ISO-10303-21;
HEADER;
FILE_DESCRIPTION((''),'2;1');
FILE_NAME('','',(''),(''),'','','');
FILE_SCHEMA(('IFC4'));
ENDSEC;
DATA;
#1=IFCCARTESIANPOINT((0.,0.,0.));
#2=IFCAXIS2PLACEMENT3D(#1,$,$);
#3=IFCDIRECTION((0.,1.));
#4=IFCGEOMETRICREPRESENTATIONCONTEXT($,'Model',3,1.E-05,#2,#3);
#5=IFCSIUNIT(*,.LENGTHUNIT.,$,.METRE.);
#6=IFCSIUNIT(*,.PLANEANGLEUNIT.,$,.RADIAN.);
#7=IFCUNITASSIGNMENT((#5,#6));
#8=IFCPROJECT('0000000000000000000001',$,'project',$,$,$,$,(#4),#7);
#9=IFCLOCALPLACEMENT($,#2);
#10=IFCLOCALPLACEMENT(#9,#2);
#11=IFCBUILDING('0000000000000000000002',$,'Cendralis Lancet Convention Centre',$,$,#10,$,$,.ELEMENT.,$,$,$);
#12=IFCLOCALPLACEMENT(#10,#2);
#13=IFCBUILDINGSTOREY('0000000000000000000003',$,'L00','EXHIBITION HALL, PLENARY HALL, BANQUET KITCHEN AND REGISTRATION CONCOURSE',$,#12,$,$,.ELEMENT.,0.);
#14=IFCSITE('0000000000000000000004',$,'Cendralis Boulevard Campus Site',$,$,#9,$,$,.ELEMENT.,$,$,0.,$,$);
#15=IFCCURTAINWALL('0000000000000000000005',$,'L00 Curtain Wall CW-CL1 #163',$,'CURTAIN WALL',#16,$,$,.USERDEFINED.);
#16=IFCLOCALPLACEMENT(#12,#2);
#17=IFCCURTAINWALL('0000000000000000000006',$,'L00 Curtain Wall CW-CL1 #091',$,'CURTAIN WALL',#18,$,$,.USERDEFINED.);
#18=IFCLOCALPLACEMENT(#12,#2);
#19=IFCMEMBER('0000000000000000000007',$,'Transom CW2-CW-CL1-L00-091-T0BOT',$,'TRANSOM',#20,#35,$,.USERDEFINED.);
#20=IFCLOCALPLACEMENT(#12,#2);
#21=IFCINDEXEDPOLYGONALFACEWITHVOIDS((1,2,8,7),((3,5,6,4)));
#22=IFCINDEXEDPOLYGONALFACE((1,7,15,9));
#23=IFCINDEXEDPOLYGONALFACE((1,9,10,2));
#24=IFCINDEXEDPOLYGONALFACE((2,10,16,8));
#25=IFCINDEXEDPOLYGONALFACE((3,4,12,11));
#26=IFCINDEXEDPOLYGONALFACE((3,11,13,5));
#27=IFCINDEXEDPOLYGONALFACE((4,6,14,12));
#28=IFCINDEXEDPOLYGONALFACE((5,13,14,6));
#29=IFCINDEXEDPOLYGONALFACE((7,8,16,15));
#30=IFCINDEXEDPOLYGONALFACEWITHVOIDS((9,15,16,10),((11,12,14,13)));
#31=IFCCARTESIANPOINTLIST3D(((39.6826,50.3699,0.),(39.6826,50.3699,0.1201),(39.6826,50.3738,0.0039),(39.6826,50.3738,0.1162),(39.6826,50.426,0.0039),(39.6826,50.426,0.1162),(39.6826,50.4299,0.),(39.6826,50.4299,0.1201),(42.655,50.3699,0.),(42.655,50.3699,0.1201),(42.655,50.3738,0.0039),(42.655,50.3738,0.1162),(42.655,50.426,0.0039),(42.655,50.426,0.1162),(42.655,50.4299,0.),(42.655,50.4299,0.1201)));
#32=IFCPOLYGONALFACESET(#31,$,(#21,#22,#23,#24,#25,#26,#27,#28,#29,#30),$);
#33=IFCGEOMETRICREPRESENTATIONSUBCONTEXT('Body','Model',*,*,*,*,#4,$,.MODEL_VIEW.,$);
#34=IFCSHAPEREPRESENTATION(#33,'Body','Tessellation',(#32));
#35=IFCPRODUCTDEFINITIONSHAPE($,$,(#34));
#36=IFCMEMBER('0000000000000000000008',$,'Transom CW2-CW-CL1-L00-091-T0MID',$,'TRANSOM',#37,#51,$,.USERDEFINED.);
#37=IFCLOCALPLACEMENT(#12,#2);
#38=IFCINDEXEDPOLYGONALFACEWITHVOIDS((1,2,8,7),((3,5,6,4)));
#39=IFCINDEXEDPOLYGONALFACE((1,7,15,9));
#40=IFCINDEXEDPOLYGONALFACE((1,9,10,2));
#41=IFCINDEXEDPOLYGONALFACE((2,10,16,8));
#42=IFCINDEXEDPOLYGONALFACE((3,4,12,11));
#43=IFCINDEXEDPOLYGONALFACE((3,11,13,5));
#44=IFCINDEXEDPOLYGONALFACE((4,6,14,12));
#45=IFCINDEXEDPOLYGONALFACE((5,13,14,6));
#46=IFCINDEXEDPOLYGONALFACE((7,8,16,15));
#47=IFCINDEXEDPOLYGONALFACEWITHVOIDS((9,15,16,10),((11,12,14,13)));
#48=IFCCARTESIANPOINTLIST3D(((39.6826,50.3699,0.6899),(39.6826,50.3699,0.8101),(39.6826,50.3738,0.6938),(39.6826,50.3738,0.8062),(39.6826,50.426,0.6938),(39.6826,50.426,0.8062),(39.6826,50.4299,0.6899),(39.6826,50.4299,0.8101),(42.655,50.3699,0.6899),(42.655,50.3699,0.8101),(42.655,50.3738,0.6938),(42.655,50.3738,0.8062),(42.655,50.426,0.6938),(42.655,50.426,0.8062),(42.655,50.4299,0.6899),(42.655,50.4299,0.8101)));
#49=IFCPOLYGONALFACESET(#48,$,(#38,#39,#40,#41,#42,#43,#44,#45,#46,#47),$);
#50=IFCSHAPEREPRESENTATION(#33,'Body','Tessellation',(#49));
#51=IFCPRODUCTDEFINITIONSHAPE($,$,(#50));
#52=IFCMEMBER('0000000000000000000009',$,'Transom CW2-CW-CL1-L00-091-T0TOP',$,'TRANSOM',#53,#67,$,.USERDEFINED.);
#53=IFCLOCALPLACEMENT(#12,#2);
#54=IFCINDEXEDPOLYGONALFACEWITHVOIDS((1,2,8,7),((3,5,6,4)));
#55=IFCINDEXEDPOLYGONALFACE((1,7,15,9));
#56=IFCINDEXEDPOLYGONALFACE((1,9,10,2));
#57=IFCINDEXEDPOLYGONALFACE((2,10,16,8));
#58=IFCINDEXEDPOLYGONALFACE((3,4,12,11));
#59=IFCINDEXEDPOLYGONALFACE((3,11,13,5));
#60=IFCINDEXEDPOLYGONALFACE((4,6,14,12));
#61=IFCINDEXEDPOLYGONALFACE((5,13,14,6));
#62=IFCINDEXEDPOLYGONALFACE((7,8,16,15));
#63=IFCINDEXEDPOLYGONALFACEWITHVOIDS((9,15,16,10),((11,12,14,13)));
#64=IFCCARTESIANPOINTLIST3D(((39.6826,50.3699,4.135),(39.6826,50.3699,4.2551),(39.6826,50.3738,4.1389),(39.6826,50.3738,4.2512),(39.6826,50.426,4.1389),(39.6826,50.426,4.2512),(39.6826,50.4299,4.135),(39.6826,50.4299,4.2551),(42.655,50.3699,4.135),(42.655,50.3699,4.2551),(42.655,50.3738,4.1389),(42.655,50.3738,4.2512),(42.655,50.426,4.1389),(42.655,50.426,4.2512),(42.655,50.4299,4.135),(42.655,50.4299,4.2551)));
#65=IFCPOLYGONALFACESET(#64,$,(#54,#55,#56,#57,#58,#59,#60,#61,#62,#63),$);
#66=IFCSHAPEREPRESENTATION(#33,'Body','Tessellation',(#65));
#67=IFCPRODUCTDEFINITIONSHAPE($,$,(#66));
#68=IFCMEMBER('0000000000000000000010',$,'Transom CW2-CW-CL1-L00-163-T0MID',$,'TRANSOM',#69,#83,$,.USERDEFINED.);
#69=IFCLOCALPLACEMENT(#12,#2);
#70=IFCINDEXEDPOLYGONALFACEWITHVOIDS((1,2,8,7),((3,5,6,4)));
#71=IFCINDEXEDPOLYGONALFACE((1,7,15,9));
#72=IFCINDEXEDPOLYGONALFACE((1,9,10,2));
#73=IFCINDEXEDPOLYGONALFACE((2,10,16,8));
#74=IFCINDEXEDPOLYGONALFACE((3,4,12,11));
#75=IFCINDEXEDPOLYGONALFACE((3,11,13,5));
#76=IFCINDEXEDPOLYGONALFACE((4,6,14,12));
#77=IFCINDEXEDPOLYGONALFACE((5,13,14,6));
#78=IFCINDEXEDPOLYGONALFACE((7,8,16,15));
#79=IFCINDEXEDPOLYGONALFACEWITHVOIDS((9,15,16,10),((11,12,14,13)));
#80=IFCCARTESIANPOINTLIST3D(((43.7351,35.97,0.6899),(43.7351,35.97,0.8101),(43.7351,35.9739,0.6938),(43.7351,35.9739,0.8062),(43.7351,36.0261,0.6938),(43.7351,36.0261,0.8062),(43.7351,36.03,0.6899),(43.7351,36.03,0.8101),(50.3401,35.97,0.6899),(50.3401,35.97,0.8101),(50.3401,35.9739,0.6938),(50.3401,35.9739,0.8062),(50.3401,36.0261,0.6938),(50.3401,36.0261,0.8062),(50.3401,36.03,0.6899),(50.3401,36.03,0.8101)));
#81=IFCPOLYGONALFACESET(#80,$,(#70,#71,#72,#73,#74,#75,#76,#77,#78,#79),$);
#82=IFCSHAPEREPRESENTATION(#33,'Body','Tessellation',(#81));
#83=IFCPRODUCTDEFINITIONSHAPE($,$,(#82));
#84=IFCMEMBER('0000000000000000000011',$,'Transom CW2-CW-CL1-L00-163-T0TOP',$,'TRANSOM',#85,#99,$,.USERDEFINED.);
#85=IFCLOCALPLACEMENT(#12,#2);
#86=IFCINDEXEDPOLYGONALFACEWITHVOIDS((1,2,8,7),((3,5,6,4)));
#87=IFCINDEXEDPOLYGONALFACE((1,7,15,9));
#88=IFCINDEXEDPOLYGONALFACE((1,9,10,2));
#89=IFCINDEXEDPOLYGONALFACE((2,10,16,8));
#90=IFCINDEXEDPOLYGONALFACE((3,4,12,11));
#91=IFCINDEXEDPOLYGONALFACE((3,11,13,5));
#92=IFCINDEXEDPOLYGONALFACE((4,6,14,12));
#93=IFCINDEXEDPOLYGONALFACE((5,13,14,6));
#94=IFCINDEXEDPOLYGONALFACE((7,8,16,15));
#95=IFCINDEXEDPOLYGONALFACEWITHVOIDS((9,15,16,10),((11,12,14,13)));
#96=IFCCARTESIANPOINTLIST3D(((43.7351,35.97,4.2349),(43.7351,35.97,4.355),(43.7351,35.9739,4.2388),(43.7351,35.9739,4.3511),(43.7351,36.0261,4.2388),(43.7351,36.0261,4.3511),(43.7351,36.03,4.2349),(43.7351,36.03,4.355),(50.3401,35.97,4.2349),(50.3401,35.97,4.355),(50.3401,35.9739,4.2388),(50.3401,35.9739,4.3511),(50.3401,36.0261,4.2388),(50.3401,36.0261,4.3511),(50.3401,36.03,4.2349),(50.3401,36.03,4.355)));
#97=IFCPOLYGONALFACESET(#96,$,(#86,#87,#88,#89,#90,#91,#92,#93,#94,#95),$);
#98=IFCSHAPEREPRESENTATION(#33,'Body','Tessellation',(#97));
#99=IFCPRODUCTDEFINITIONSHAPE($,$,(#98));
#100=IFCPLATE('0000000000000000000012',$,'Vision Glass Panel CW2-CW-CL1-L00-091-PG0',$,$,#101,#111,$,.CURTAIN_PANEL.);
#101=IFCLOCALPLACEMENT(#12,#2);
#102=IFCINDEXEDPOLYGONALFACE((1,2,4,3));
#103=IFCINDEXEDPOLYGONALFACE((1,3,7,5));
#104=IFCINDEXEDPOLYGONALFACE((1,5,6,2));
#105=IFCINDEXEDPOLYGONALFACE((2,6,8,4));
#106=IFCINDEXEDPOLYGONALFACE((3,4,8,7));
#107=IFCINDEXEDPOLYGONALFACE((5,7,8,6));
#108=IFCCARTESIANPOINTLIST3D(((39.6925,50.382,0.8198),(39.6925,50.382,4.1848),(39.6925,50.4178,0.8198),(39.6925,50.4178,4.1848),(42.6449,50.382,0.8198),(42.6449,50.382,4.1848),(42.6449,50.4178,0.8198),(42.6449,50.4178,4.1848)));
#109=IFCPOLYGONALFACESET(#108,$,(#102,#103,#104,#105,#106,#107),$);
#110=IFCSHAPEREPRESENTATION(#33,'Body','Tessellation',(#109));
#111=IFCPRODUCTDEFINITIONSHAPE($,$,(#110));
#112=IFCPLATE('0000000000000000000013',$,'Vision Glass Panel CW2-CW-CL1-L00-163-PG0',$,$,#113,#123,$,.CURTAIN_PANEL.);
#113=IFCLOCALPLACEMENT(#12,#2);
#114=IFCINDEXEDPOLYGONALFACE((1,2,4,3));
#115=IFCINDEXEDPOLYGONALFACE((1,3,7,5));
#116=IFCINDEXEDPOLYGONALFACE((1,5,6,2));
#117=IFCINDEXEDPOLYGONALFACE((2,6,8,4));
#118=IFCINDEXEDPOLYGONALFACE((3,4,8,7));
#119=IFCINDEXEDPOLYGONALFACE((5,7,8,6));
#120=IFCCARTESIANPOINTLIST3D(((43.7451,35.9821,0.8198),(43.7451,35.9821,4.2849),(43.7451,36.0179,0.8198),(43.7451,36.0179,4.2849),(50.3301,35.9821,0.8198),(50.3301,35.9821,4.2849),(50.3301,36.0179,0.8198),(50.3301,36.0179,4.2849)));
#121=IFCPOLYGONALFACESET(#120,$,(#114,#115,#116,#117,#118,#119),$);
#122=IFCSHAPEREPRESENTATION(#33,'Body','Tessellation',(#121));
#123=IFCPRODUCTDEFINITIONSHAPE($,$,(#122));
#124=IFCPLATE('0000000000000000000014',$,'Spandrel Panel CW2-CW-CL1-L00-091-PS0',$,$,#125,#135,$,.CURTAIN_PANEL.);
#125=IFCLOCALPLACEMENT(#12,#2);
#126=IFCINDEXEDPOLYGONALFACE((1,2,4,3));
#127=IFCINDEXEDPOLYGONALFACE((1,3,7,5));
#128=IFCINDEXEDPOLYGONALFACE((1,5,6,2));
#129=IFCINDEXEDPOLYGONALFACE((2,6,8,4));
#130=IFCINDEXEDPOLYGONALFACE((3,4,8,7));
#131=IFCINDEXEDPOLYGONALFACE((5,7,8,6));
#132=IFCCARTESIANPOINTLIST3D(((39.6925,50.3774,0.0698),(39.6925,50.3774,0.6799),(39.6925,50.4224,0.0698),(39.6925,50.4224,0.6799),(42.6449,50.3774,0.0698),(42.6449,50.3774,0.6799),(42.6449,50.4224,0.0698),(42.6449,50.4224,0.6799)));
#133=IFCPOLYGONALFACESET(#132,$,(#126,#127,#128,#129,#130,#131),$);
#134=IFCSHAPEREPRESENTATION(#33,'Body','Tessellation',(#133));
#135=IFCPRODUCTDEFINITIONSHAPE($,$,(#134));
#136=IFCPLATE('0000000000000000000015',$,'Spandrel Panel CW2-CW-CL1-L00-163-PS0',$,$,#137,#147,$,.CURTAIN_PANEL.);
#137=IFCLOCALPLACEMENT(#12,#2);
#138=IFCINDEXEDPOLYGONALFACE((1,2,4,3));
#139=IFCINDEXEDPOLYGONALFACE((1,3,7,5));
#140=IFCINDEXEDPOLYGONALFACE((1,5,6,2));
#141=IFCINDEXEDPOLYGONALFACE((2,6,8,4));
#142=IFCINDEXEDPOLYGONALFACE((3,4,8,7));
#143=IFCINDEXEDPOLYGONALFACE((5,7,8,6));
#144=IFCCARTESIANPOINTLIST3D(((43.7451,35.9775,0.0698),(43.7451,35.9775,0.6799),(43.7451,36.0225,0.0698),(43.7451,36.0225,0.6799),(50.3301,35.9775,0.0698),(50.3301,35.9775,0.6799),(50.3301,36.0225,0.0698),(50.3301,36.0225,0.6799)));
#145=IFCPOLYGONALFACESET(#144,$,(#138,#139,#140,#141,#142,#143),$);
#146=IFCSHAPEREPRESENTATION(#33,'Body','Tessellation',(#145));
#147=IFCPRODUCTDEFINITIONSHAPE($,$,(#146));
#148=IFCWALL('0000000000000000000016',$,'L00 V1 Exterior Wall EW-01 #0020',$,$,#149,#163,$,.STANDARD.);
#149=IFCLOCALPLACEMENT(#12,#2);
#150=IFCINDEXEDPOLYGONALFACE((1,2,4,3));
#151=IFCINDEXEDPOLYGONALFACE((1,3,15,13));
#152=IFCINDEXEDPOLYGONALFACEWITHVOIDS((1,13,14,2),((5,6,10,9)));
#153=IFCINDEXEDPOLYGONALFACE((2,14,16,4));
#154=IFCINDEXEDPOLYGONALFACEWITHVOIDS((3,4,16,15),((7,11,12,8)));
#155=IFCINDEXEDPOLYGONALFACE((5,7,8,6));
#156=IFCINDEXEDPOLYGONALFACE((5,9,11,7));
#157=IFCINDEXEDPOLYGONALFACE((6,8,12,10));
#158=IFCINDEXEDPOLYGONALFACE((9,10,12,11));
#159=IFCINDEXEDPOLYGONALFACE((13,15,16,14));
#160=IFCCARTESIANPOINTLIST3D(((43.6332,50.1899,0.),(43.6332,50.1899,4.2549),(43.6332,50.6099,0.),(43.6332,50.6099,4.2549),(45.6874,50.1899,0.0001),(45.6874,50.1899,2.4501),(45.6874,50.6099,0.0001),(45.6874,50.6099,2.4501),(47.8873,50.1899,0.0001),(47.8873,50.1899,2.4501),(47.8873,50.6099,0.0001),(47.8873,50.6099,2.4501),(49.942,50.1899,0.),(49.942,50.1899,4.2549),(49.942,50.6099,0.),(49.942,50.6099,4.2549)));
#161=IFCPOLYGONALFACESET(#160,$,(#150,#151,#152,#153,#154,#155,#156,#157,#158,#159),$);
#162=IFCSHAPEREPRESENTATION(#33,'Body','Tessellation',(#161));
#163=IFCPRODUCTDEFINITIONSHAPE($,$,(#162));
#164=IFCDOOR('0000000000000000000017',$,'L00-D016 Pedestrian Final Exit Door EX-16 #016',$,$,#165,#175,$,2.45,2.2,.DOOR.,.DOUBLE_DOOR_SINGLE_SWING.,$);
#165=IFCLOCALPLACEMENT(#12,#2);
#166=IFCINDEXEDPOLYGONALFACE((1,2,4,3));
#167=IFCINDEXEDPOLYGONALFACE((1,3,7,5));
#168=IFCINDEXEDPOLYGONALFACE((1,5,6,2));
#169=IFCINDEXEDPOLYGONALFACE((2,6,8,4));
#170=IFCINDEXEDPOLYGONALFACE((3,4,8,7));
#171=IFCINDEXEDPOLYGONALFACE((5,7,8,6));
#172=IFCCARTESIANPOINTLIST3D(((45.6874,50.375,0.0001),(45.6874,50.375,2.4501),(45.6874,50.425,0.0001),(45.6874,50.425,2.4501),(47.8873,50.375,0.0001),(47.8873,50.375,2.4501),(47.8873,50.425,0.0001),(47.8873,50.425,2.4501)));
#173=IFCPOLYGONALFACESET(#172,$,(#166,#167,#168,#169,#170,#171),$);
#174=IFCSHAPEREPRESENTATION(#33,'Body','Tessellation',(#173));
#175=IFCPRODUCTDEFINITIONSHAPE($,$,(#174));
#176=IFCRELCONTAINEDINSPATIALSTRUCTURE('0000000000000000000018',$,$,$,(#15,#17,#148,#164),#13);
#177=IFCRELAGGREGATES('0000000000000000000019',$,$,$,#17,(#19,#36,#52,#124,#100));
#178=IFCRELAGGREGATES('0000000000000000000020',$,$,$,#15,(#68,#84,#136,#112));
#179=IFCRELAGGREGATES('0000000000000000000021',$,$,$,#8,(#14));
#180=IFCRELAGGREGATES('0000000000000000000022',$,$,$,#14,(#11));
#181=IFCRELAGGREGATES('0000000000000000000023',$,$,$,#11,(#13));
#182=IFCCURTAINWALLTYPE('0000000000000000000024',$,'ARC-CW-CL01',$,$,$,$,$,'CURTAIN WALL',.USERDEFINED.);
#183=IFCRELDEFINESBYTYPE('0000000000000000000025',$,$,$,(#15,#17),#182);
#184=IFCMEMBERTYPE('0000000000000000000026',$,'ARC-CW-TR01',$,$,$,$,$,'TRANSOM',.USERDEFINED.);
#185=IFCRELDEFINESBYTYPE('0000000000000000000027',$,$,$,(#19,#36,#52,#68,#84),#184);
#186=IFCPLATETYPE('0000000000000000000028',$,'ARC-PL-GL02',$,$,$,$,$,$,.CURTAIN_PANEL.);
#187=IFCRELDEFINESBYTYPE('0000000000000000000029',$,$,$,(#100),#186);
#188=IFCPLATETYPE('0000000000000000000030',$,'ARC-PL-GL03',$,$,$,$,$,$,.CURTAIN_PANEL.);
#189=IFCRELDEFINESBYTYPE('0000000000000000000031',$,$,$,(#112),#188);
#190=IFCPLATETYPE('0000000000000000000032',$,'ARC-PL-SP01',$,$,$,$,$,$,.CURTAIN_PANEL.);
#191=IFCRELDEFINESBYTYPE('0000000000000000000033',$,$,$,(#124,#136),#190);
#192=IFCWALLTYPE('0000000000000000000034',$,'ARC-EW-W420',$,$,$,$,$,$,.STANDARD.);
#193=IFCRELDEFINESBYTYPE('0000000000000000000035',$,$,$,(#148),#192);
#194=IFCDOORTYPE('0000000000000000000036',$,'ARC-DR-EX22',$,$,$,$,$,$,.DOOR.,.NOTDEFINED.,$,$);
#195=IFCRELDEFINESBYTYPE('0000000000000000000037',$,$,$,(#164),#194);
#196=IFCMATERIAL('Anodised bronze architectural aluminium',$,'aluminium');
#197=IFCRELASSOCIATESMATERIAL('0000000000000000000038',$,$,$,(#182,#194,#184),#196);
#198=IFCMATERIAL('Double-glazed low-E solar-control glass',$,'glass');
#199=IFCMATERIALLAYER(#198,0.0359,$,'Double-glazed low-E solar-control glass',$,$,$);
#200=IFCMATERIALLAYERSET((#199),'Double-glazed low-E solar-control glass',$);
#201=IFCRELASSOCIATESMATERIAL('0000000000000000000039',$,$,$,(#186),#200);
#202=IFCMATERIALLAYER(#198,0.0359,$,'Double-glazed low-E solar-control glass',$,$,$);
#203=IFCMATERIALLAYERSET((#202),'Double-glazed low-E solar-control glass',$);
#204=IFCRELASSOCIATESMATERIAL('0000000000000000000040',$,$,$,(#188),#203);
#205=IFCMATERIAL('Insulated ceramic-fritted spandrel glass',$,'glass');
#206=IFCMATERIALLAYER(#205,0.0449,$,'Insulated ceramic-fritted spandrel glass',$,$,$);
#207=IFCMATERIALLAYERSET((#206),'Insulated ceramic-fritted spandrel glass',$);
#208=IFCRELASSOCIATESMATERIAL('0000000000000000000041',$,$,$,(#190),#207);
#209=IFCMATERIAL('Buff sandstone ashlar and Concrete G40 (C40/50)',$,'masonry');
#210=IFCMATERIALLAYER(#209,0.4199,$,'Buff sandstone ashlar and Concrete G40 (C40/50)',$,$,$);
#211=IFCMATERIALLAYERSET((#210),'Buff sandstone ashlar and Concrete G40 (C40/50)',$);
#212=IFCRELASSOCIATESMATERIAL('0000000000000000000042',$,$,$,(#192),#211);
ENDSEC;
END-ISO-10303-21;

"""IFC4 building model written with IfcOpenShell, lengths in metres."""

from ifc_helpers import new_model, si_unit, direction, frame, frame_2d, origin, origin_2d, place, context, subcontext, project, spatial, rectangle, hollow_rectangle, extrude, material, layer, layer_set, material_profile, profile_set, type_object, element, fill, aggregate, save


model = new_model("IFC4")

# Units and contexts
model_context = context("Model", 3, precision=1e-05, world=origin(), true_north=direction((0.0, 1.0)))
body_context = subcontext(model_context, "Body", "Model", "MODEL_VIEW")
ifc_project = project(units=[si_unit("LENGTHUNIT", "METRE"), si_unit("PLANEANGLEUNIT", "RADIAN")], contexts=[model_context])

# Site, building, storey
site_placement = place(None, origin())
site = spatial("IfcSite", under=ifc_project, at=site_placement, Name="Cendralis Boulevard Campus Site", CompositionType="ELEMENT", RefElevation=0.0)
building_placement = place(site_placement, origin())
building = spatial("IfcBuilding", under=site, at=building_placement, Name="Cendralis Lancet Convention Centre", CompositionType="ELEMENT")
storey_placement = place(building_placement, origin())
storey = spatial("IfcBuildingStorey", under=building, at=storey_placement, Name="L00", Description="EXHIBITION HALL, PLENARY HALL, BANQUET KITCHEN AND REGISTRATION CONCOURSE", CompositionType="ELEMENT", Elevation=0.0)

# Curtain wall
ifc_material_1 = material(Name="Anodised bronze architectural aluminium", Category="aluminium")
curtain_wall_type = type_object("IfcCurtainWallType", Name="ARC-CW-CL01", ElementType="CURTAIN WALL", PredefinedType="USERDEFINED", material=ifc_material_1)
curtain_wall_1_placement = place(storey_placement, origin())
curtain_wall_1 = element("IfcCurtainWall", 1, at=curtain_wall_1_placement, inside=storey, type_object=curtain_wall_type, Name="L00 Curtain Wall CW-CL1 #163", ObjectType="CURTAIN WALL", PredefinedType="USERDEFINED")

# Curtain wall, members
curtain_wall_2_placement = place(storey_placement, origin())
curtain_wall_2 = element("IfcCurtainWall", 2, at=curtain_wall_2_placement, inside=storey, type_object=curtain_wall_type, Name="L00 Curtain Wall CW-CL1 #091", ObjectType="CURTAIN WALL", PredefinedType="USERDEFINED")
ifc_material_profile_1 = material_profile(ifc_material_1, hollow_rectangle(XDim=0.0601, YDim=0.1201, WallThickness=0.0039, at=origin_2d()), Name="AL-TRAN 60x120x4.0")
ifc_profile_set_1 = profile_set([ifc_material_profile_1], Name="Anodised bronze architectural aluminium")
member_type_1 = type_object("IfcMemberType", Name="ARC-CW-TR01", ElementType="TRANSOM", PredefinedType="USERDEFINED", material=ifc_profile_set_1)
member_1_placement = place(storey_placement, frame((42.655, 50.3999, 0.0601), z_axis=(-1.0, 0.0, 0.0), x_axis=(0.0, -1.0, 0.0)))
member_1 = element("IfcMember", 3, at=member_1_placement, type_object=member_type_1, Name="Transom CW2-CW-CL1-L00-091-T0BOT", ObjectType="TRANSOM", PredefinedType="USERDEFINED", context=body_context, shape_type="SweptSolid", body=[
    extrude(hollow_rectangle(XDim=0.0601, YDim=0.1201, WallThickness=0.0039, at=origin_2d()), origin(), (0.0, 0.0, 1.0), 2.9724),
])
member_2_placement = place(storey_placement, frame((42.655, 50.3999, 0.75), z_axis=(-1.0, 0.0, 0.0), x_axis=(0.0, -1.0, 0.0)))
member_2 = element("IfcMember", 4, at=member_2_placement, type_object=member_type_1, Name="Transom CW2-CW-CL1-L00-091-T0MID", ObjectType="TRANSOM", PredefinedType="USERDEFINED", context=body_context, shape_type="SweptSolid", body=[
    extrude(hollow_rectangle(XDim=0.0601, YDim=0.1201, WallThickness=0.0039, at=origin_2d()), origin(), (0.0, 0.0, 1.0), 2.9724),
])
member_3_placement = place(storey_placement, frame((42.655, 50.3999, 4.1951), z_axis=(-1.0, 0.0, 0.0), x_axis=(0.0, -1.0, 0.0)))
member_3 = element("IfcMember", 5, at=member_3_placement, type_object=member_type_1, Name="Transom CW2-CW-CL1-L00-091-T0TOP", ObjectType="TRANSOM", PredefinedType="USERDEFINED", context=body_context, shape_type="SweptSolid", body=[
    extrude(hollow_rectangle(XDim=0.0601, YDim=0.1201, WallThickness=0.0039, at=origin_2d()), origin(), (0.0, 0.0, 1.0), 2.9724),
])

# Members
member_4_placement = place(storey_placement, frame((43.7351, 36.0, 0.75), z_axis=(1.0, 0.0, 0.0), x_axis=(0.0, 1.0, 0.0)))
member_4 = element("IfcMember", 6, at=member_4_placement, type_object=member_type_1, Name="Transom CW2-CW-CL1-L00-163-T0MID", ObjectType="TRANSOM", PredefinedType="USERDEFINED", context=body_context, shape_type="SweptSolid", body=[
    extrude(hollow_rectangle(XDim=0.0601, YDim=0.1201, WallThickness=0.0039, at=origin_2d()), origin(), (0.0, 0.0, 1.0), 6.605),
])
member_5_placement = place(storey_placement, frame((43.7351, 36.0, 4.2949), z_axis=(1.0, 0.0, 0.0), x_axis=(0.0, 1.0, 0.0)))
member_5 = element("IfcMember", 7, at=member_5_placement, type_object=member_type_1, Name="Transom CW2-CW-CL1-L00-163-T0TOP", ObjectType="TRANSOM", PredefinedType="USERDEFINED", context=body_context, shape_type="SweptSolid", body=[
    extrude(hollow_rectangle(XDim=0.0601, YDim=0.1201, WallThickness=0.0039, at=origin_2d()), origin(), (0.0, 0.0, 1.0), 6.605),
])

# Plates
ifc_material_2 = material(Name="Double-glazed low-E solar-control glass", Category="glass")
ifc_layer_1 = layer(ifc_material_2, 0.0359, Name="Double-glazed low-E solar-control glass")
ifc_layer_set_1 = layer_set([ifc_layer_1], Name="Double-glazed low-E solar-control glass")
plate_type_1 = type_object("IfcPlateType", Name="ARC-PL-GL02", PredefinedType="CURTAIN_PANEL", material=ifc_layer_set_1)
plate_1_placement = place(storey_placement, frame((41.1687, 50.3999, 0.8198), z_axis=(0.0, 0.0, 1.0), x_axis=(-1.0, 0.0, 0.0)))
plate_1 = element("IfcPlate", 8, at=plate_1_placement, type_object=plate_type_1, Name="Vision Glass Panel CW2-CW-CL1-L00-091-PG0", PredefinedType="CURTAIN_PANEL", context=body_context, shape_type="SweptSolid", body=[
    extrude(rectangle(XDim=2.9524, YDim=0.0359, at=origin_2d()), origin(), (0.0, 0.0, 1.0), 3.365),
])
ifc_layer_2 = layer(ifc_material_2, 0.0359, Name="Double-glazed low-E solar-control glass")
ifc_layer_set_2 = layer_set([ifc_layer_2], Name="Double-glazed low-E solar-control glass")
plate_type_2 = type_object("IfcPlateType", Name="ARC-PL-GL03", PredefinedType="CURTAIN_PANEL", material=ifc_layer_set_2)
plate_2_placement = place(storey_placement, frame((47.0376, 36.0, 0.8198), z_axis=(0.0, 0.0, 1.0), x_axis=(1.0, 0.0, 0.0)))
plate_2 = element("IfcPlate", 9, at=plate_2_placement, type_object=plate_type_2, Name="Vision Glass Panel CW2-CW-CL1-L00-163-PG0", PredefinedType="CURTAIN_PANEL", context=body_context, shape_type="SweptSolid", body=[
    extrude(rectangle(XDim=6.585, YDim=0.0359, at=origin_2d()), origin(), (0.0, 0.0, 1.0), 3.4651),
])
ifc_material_3 = material(Name="Insulated ceramic-fritted spandrel glass", Category="glass")
ifc_layer_3 = layer(ifc_material_3, 0.0449, Name="Insulated ceramic-fritted spandrel glass")
ifc_layer_set_3 = layer_set([ifc_layer_3], Name="Insulated ceramic-fritted spandrel glass")
plate_type_3 = type_object("IfcPlateType", Name="ARC-PL-SP01", PredefinedType="CURTAIN_PANEL", material=ifc_layer_set_3)
plate_3_placement = place(storey_placement, frame((41.1687, 50.3999, 0.0698), z_axis=(0.0, 0.0, 1.0), x_axis=(-1.0, 0.0, 0.0)))
plate_3 = element("IfcPlate", 10, at=plate_3_placement, type_object=plate_type_3, Name="Spandrel Panel CW2-CW-CL1-L00-091-PS0", PredefinedType="CURTAIN_PANEL", context=body_context, shape_type="SweptSolid", body=[
    extrude(rectangle(XDim=2.9524, YDim=0.0449, at=origin_2d()), origin(), (0.0, 0.0, 1.0), 0.6101),
])
aggregate(curtain_wall_2, [member_1, member_2, member_3, plate_3, plate_1])
plate_4_placement = place(storey_placement, frame((47.0376, 36.0, 0.0698), z_axis=(0.0, 0.0, 1.0), x_axis=(1.0, 0.0, 0.0)))
plate_4 = element("IfcPlate", 11, at=plate_4_placement, type_object=plate_type_3, Name="Spandrel Panel CW2-CW-CL1-L00-163-PS0", PredefinedType="CURTAIN_PANEL", context=body_context, shape_type="SweptSolid", body=[
    extrude(rectangle(XDim=6.585, YDim=0.0449, at=origin_2d()), origin(), (0.0, 0.0, 1.0), 0.6101),
])
aggregate(curtain_wall_1, [member_4, member_5, plate_4, plate_2])

# Wall, opening, door
ifc_material_4 = material(Name="Buff sandstone ashlar and Concrete G40 (C40/50)", Category="masonry")
ifc_layer_4 = layer(ifc_material_4, 0.4199, Name="Buff sandstone ashlar and Concrete G40 (C40/50)")
ifc_layer_set_4 = layer_set([ifc_layer_4], Name="Buff sandstone ashlar and Concrete G40 (C40/50)")
wall_type = type_object("IfcWallType", Name="ARC-EW-W420", PredefinedType="STANDARD", material=ifc_layer_set_4)
wall_placement = place(storey_placement, frame((49.9419, 50.3999, 0.0), z_axis=(0.0, 0.0, 1.0), x_axis=(-1.0, 0.0, 0.0)))
wall = element("IfcWall", 12, at=wall_placement, inside=storey, type_object=wall_type, Name="L00 V1 Exterior Wall EW-01 #0020", PredefinedType="STANDARD", context=body_context, shape_type="SweptSolid", body=[
    extrude(rectangle(XDim=6.3088, YDim=0.4199, at=frame_2d((3.1543, 0.0))), origin(), (0.0, 0.0, 1.0), 4.2549),
])
opening_placement = place(wall_placement, frame((2.0544, 0.0, 0.0)))
opening = element("IfcOpeningElement", 13, at=opening_placement, cuts=wall, PredefinedType="OPENING", context=body_context, shape_type="SweptSolid", body=[
    extrude(rectangle(XDim=2.2, YDim=2.45, at=frame_2d((1.1001, 1.2251))), frame((0.0, 0.22, 0.0), z_axis=(0.0, -1.0, 0.0), x_axis=(1.0, 0.0, 0.0)), (0.0, 0.0, 1.0), 0.4399),
])
door_type = type_object("IfcDoorType", Name="ARC-DR-EX22", OperationType="NOTDEFINED", PredefinedType="DOOR", material=ifc_material_1)
door_placement = place(opening_placement, origin())
door = element("IfcDoor", 14, at=door_placement, inside=storey, type_object=door_type, Name="L00-D016 Pedestrian Final Exit Door EX-16 #016", OperationType="DOUBLE_DOOR_SINGLE_SWING", OverallHeight=2.45, OverallWidth=2.2, PredefinedType="DOOR", context=body_context, shape_type="SweptSolid", body=[
    extrude(rectangle(XDim=2.2, YDim=2.45, at=frame_2d((1.1001, 1.2251))), frame((0.0, 0.0249, 0.0), z_axis=(0.0, -1.0, 0.0), x_axis=(1.0, 0.0, 0.0)), (0.0, 0.0, 1.0), 0.05),
])
fill(opening, door)

save(model, "model.ifc")
